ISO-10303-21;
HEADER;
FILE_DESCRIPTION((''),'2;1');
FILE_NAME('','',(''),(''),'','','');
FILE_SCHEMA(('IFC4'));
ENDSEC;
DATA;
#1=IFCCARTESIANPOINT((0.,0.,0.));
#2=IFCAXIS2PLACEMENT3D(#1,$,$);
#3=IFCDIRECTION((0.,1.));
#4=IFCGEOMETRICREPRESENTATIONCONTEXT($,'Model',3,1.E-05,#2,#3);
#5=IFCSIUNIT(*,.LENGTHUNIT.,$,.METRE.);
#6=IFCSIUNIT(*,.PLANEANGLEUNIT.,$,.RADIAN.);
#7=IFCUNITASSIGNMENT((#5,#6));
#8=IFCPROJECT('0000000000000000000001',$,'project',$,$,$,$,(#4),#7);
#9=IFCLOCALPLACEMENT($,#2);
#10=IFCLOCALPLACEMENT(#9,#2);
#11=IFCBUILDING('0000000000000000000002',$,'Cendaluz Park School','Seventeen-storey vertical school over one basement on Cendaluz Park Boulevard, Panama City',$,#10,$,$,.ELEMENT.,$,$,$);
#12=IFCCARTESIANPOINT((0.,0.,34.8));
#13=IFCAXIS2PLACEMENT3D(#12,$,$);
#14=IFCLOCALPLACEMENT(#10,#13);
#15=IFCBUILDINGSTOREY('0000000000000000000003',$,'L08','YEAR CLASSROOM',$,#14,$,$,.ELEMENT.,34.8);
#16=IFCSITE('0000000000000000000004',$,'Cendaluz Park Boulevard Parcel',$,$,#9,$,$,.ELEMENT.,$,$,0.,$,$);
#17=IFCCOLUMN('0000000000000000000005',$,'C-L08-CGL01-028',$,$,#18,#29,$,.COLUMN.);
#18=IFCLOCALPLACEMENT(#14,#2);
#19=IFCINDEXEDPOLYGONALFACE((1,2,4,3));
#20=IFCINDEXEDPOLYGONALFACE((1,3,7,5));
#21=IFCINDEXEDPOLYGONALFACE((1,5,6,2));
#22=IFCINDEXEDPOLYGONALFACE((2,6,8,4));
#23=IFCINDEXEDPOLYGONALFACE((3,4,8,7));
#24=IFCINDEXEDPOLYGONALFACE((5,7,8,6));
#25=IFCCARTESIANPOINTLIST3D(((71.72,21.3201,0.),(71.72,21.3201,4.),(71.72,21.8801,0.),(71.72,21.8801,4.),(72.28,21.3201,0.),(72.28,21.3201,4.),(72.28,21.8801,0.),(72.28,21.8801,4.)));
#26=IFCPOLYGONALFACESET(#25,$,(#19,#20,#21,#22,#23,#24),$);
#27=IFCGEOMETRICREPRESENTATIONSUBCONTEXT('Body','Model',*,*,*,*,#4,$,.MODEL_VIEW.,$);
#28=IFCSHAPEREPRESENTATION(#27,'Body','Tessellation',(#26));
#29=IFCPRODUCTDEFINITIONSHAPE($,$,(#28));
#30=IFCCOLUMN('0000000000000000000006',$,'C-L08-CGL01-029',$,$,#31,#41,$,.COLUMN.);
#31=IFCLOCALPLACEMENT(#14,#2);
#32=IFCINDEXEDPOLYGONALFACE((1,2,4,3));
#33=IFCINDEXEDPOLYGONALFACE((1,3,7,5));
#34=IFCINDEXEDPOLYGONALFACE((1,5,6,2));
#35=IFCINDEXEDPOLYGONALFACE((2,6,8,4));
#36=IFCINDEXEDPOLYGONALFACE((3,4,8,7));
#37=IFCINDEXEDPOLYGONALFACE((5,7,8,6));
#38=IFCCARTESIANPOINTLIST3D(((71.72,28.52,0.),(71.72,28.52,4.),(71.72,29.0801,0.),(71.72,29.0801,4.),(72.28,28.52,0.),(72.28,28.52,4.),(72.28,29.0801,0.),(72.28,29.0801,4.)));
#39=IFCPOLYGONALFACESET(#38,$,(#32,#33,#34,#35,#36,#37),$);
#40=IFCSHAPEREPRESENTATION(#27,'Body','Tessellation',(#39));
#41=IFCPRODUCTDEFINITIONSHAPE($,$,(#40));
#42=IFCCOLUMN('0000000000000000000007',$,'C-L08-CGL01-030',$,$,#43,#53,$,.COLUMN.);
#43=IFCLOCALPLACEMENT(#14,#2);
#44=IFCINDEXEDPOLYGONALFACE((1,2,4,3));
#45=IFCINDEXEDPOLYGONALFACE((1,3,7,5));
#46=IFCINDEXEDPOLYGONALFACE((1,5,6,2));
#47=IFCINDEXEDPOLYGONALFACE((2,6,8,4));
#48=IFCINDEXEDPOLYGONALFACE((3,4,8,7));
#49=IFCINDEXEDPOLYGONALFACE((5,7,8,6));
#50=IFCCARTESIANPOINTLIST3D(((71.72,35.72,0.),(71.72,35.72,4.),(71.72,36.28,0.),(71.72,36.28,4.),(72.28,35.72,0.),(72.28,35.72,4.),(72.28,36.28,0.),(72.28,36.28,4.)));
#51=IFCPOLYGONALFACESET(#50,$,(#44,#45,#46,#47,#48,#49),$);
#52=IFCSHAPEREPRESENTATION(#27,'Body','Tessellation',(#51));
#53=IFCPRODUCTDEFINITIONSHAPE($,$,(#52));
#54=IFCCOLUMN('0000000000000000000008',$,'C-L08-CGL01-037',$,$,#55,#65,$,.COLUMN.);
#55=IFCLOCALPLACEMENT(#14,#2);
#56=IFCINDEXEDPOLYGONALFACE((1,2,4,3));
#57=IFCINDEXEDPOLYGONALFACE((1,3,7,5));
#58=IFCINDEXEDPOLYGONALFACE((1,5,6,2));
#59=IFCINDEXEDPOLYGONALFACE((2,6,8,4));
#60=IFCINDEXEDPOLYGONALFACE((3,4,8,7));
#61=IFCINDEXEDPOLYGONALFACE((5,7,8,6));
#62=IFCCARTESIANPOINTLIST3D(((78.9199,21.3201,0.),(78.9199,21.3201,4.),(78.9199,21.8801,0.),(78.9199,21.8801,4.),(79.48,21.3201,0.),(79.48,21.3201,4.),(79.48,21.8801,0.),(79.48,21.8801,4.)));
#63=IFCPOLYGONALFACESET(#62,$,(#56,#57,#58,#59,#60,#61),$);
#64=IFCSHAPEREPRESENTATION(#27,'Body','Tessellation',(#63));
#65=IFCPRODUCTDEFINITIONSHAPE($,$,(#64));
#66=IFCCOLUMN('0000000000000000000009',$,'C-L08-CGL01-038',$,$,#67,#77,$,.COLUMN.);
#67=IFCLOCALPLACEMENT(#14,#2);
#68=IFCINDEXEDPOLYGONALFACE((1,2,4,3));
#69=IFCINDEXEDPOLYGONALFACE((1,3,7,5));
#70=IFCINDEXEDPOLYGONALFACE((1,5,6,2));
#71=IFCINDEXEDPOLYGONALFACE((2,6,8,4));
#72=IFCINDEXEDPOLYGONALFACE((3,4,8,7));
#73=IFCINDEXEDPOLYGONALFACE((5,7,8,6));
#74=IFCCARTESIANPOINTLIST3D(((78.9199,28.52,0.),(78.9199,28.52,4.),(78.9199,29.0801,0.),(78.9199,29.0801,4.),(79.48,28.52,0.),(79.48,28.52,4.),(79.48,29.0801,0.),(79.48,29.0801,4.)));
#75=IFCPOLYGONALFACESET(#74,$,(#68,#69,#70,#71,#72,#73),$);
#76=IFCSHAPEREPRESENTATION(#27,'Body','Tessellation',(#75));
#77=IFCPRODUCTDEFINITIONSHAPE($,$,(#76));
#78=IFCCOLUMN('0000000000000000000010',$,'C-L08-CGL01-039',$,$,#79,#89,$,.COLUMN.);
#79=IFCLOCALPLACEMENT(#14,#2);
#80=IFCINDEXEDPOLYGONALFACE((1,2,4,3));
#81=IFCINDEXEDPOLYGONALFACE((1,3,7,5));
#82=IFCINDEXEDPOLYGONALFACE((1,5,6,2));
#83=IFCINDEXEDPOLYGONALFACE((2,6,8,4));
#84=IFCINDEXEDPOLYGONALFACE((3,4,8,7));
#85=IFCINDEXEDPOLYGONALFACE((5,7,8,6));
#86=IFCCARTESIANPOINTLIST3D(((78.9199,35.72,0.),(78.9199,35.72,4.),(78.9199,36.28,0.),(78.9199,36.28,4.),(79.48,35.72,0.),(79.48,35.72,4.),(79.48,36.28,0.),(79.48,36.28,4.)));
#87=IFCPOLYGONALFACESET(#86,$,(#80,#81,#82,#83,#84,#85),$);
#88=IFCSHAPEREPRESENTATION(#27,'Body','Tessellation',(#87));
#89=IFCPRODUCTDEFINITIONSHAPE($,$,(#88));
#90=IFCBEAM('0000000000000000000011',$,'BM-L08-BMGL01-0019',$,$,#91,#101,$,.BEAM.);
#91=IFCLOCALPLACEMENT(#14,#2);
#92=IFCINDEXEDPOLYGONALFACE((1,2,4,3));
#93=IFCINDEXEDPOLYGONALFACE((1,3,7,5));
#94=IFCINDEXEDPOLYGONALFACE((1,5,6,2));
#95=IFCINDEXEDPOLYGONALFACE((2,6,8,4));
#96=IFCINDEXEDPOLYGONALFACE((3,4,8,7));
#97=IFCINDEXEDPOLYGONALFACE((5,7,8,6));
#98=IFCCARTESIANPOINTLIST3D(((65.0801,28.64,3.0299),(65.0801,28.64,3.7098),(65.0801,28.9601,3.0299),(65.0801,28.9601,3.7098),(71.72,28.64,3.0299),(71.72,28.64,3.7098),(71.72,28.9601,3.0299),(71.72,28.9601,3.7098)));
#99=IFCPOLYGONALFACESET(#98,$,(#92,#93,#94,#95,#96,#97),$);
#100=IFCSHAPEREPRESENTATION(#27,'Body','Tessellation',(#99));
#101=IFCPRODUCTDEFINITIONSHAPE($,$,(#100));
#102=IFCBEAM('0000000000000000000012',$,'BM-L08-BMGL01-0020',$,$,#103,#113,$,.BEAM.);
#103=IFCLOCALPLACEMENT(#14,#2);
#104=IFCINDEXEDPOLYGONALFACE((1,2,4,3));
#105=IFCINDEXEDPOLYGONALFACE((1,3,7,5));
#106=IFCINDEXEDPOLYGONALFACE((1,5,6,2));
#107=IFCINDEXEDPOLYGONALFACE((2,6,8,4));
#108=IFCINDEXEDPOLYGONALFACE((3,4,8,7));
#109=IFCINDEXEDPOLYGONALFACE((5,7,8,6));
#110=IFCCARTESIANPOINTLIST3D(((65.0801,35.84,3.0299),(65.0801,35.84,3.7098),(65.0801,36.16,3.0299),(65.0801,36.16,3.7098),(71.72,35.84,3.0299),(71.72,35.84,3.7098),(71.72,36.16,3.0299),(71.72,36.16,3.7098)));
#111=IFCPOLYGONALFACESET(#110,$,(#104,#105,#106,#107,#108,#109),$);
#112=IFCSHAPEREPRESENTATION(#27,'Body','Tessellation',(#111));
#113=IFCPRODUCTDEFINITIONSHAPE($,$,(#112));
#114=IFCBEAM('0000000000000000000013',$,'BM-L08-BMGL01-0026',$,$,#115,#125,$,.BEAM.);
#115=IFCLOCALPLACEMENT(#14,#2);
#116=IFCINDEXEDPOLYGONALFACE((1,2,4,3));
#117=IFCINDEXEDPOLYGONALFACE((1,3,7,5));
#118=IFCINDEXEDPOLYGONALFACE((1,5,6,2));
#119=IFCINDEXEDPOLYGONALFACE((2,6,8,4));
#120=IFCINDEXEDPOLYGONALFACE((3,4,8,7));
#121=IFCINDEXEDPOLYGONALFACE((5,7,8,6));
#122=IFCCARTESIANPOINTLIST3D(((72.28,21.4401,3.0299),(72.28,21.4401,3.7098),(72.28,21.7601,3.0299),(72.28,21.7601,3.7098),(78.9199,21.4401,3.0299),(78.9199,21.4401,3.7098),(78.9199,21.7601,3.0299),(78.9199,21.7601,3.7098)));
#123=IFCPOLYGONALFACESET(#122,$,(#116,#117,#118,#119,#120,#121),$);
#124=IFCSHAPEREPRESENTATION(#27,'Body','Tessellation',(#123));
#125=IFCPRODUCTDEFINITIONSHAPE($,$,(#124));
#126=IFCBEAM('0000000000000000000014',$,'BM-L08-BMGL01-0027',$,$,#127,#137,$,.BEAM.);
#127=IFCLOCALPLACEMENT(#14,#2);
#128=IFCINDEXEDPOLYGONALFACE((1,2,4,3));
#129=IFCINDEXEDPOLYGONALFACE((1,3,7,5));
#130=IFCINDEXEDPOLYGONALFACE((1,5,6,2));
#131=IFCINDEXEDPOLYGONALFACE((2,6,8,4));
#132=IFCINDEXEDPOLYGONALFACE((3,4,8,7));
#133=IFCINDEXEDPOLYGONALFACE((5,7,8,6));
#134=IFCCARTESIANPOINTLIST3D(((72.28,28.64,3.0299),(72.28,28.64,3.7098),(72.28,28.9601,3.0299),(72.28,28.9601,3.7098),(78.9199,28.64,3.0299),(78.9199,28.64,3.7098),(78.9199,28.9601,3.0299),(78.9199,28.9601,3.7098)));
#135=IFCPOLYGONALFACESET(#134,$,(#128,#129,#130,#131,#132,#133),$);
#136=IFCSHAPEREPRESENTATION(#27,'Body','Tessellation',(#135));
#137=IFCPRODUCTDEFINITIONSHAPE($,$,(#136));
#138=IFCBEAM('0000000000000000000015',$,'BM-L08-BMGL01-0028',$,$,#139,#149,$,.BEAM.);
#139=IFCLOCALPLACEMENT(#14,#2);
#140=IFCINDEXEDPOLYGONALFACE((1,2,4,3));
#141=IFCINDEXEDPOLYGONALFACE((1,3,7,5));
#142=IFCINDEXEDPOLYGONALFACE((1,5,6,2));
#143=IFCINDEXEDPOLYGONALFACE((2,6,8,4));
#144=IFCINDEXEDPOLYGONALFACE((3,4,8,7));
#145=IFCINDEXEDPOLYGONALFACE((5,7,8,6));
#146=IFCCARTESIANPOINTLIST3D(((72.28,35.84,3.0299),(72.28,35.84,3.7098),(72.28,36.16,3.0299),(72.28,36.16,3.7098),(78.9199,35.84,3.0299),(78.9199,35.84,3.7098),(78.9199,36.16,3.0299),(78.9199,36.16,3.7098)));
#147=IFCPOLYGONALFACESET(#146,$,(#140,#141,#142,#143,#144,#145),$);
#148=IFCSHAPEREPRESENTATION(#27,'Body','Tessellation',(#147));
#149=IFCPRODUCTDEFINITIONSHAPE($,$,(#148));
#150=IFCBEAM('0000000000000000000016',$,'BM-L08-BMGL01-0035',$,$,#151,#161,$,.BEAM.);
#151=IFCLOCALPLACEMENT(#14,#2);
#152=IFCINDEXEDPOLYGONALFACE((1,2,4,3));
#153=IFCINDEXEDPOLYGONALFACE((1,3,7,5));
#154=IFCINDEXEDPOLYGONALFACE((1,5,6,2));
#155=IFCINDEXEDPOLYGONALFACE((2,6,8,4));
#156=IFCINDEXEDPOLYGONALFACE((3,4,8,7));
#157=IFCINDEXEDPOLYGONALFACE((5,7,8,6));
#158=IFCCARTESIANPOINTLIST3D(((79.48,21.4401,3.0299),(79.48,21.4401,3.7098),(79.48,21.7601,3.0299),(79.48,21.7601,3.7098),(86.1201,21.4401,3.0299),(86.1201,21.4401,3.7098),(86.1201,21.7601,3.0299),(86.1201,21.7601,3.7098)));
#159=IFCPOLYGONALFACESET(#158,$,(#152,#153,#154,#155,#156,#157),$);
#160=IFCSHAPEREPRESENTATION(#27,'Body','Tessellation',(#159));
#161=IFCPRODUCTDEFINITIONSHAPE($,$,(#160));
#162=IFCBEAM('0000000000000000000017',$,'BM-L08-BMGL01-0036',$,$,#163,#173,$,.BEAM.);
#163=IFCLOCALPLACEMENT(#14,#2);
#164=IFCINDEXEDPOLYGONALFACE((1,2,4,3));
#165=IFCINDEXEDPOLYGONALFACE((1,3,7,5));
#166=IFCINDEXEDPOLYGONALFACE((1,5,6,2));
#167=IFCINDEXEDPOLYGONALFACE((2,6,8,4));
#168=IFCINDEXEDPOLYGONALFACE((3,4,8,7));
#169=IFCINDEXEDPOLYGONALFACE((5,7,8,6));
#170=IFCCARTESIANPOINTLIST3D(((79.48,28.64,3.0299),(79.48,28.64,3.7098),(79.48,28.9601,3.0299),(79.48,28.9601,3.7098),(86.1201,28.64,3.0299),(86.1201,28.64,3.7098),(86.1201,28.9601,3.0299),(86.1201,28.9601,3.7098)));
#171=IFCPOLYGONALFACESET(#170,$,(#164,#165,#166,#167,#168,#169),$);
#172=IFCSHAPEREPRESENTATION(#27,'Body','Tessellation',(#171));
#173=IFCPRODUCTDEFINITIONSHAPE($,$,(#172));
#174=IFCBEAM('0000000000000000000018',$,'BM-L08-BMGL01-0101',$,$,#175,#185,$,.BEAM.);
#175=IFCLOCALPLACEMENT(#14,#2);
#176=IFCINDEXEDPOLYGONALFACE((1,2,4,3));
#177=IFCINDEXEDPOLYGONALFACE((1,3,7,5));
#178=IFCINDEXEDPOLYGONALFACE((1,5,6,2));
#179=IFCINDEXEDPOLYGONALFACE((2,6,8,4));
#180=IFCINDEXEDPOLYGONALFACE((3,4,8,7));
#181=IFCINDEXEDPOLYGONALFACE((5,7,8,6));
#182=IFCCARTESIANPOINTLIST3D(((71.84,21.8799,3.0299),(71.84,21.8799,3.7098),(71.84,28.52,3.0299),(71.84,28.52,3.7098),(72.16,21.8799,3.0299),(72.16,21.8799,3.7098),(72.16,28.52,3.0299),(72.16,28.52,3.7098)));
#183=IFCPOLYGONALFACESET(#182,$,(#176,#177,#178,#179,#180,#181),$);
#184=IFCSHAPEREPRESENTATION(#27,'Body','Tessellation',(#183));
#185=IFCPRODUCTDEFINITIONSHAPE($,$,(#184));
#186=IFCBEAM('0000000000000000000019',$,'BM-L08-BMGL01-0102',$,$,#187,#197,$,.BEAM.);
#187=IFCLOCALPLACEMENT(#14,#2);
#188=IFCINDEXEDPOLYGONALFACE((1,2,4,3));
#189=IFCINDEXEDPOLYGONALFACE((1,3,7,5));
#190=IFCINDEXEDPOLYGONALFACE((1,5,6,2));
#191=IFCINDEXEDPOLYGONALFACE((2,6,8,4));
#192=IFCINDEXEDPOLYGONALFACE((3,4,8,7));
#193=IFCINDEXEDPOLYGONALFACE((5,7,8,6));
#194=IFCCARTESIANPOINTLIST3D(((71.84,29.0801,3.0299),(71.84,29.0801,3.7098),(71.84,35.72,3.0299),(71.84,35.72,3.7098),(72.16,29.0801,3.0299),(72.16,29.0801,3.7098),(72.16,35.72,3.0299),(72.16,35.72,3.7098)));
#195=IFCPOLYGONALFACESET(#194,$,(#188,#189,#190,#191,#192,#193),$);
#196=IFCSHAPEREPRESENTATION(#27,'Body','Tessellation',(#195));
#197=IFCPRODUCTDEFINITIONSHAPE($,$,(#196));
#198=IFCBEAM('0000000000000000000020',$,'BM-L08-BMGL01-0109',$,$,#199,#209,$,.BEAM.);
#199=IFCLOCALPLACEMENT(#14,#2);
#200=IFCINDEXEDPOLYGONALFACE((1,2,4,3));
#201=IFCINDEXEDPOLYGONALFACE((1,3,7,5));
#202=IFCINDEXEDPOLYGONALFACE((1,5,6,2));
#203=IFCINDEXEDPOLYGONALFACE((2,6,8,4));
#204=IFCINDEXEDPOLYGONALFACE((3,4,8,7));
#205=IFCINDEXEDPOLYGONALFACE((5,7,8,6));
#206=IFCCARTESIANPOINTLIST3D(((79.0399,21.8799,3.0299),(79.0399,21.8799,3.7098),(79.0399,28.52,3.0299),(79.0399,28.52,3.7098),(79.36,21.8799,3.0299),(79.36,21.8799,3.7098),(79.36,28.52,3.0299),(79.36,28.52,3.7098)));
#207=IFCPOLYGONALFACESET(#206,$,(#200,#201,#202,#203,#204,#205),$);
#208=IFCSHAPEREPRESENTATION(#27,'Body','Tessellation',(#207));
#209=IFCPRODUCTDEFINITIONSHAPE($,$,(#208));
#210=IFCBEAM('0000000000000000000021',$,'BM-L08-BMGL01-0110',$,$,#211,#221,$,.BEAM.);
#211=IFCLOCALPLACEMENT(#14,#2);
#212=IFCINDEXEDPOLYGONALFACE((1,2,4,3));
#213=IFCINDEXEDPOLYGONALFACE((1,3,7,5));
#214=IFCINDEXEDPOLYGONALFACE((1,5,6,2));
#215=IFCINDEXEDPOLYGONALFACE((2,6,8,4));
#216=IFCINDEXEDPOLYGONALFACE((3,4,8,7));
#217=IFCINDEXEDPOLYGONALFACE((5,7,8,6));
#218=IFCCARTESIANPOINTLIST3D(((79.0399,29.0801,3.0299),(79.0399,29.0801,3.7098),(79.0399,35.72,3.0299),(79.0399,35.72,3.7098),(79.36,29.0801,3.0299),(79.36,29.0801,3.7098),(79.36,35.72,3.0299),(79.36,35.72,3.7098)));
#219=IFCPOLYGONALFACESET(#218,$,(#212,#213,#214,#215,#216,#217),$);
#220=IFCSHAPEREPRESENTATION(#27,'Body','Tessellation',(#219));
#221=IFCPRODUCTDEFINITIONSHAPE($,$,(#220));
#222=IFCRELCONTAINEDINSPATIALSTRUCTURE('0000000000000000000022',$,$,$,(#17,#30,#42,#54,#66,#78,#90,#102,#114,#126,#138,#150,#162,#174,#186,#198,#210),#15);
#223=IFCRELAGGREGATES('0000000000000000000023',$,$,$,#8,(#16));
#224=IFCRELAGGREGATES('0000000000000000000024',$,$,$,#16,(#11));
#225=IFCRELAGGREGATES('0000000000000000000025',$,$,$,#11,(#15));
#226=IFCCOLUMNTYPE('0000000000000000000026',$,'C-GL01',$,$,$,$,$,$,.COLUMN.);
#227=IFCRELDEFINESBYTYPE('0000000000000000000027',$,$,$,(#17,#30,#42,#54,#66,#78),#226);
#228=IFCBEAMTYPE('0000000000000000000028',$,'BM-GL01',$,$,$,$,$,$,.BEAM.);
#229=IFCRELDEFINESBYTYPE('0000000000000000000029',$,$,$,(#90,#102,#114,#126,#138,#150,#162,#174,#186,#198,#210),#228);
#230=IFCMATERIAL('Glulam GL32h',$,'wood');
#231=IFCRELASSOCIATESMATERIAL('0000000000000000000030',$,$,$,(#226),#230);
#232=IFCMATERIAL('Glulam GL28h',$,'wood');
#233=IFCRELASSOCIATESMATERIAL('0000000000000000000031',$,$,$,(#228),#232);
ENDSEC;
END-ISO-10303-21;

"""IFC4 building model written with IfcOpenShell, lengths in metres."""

from ifc_helpers import new_model, si_unit, direction, frame, origin, origin_2d, place, context, subcontext, project, spatial, rectangle, extrude, material, material_profile, profile_set, type_object, element, save


model = new_model("IFC4")

# Units and contexts
model_context = context("Model", 3, precision=1e-05, world=origin(), true_north=direction((0.0, 1.0)))
body_context = subcontext(model_context, "Body", "Model", "MODEL_VIEW")
ifc_project = project(units=[si_unit("LENGTHUNIT", "METRE"), si_unit("PLANEANGLEUNIT", "RADIAN")], contexts=[model_context])

# Site, building, storey
site_placement = place(None, origin())
site = spatial("IfcSite", under=ifc_project, at=site_placement, Name="Cendaluz Park Boulevard Parcel", CompositionType="ELEMENT", RefElevation=0.0)
building_placement = place(site_placement, origin())
building = spatial("IfcBuilding", under=site, at=building_placement, Name="Cendaluz Park School", Description="Seventeen-storey vertical school over one basement on Cendaluz Park Boulevard, Panama City", CompositionType="ELEMENT")
storey_placement = place(building_placement, frame((0.0, 0.0, 34.8)))
storey = spatial("IfcBuildingStorey", under=building, at=storey_placement, Name="L08", Description="YEAR CLASSROOM", CompositionType="ELEMENT", Elevation=34.8)

# Columns
ifc_material_1 = material(Name="Glulam GL32h", Category="wood")
ifc_material_profile_1 = material_profile(ifc_material_1, rectangle(XDim=0.5601, YDim=0.5601, at=origin_2d()), Name="GL32h 560x560", Category="wood")
ifc_profile_set_1 = profile_set([ifc_material_profile_1], Name="Glulam GL32h")
column_type = type_object("IfcColumnType", Name="C-GL01", PredefinedType="COLUMN", material=ifc_profile_set_1)
for number, where, z_axis, x_axis, name in (
    (1, (72.0, 21.6001, 0.0), (0.0, 0.0, 1.0), (1.0, 0.0, 0.0), "C-L08-CGL01-028"),
    (2, (72.0, 28.8, 0.0), (0.0, 0.0, 1.0), (1.0, 0.0, 0.0), "C-L08-CGL01-029"),
    (3, (72.0, 36.0, 0.0), (0.0, 0.0, 1.0), (1.0, 0.0, 0.0), "C-L08-CGL01-030"),
    (4, (79.2, 21.6001, 0.0), (0.0, 0.0, 1.0), (1.0, 0.0, 0.0), "C-L08-CGL01-037"),
    (5, (79.2, 28.8, 0.0), (0.0, 0.0, 1.0), (1.0, 0.0, 0.0), "C-L08-CGL01-038"),
    (6, (79.2, 36.0, 0.0), (0.0, 0.0, 1.0), (1.0, 0.0, 0.0), "C-L08-CGL01-039"),
):
    element("IfcColumn", number, at=place(storey_placement, frame(where, z_axis=z_axis, x_axis=x_axis)), inside=storey, type_object=column_type, Name=name, PredefinedType="COLUMN", context=body_context, shape_type="SweptSolid", body=[
        extrude(rectangle(XDim=0.5601, YDim=0.5601, at=origin_2d()), origin(), (0.0, 0.0, 1.0), 4.0),
    ])

# Beams
ifc_material_2 = material(Name="Glulam GL28h", Category="wood")
ifc_material_profile_2 = material_profile(ifc_material_2, rectangle(XDim=0.3201, YDim=0.6799, at=origin_2d()), Name="GL28h 320x680", Category="wood")
ifc_profile_set_2 = profile_set([ifc_material_profile_2], Name="Glulam GL28h")
beam_type_1 = type_object("IfcBeamType", Name="BM-GL01", PredefinedType="BEAM", material=ifc_profile_set_2)
for number, where, z_axis, x_axis, name in (
    (7, (65.0801, 28.8, 3.3699), (1.0, 0.0, 0.0), (0.0, 1.0, 0.0), "BM-L08-BMGL01-0019"),
    (8, (65.0801, 36.0, 3.3699), (1.0, 0.0, 0.0), (0.0, 1.0, 0.0), "BM-L08-BMGL01-0020"),
    (9, (72.28, 21.6001, 3.3699), (1.0, 0.0, 0.0), (0.0, 1.0, 0.0), "BM-L08-BMGL01-0026"),
    (10, (72.28, 28.8, 3.3699), (1.0, 0.0, 0.0), (0.0, 1.0, 0.0), "BM-L08-BMGL01-0027"),
    (11, (72.28, 36.0, 3.3699), (1.0, 0.0, 0.0), (0.0, 1.0, 0.0), "BM-L08-BMGL01-0028"),
):
    element("IfcBeam", number, at=place(storey_placement, frame(where, z_axis=z_axis, x_axis=x_axis)), inside=storey, type_object=beam_type_1, Name=name, PredefinedType="BEAM", context=body_context, shape_type="SweptSolid", body=[
        extrude(rectangle(XDim=0.3201, YDim=0.6799, at=origin_2d()), origin(), (0.0, 0.0, 1.0), 6.6399),
    ])
for number, where, z_axis, x_axis, name in (
    (12, (79.48, 21.6001, 3.3699), (1.0, 0.0, 0.0), (0.0, 1.0, 0.0), "BM-L08-BMGL01-0035"),
    (13, (79.48, 28.8, 3.3699), (1.0, 0.0, 0.0), (0.0, 1.0, 0.0), "BM-L08-BMGL01-0036"),
    (14, (72.0, 21.8799, 3.3699), (0.0, 1.0, 0.0), (-1.0, 0.0, 0.0), "BM-L08-BMGL01-0101"),
):
    element("IfcBeam", number, at=place(storey_placement, frame(where, z_axis=z_axis, x_axis=x_axis)), inside=storey, type_object=beam_type_1, Name=name, PredefinedType="BEAM", context=body_context, shape_type="SweptSolid", body=[
        extrude(rectangle(XDim=0.3201, YDim=0.6799, at=origin_2d()), origin(), (0.0, 0.0, 1.0), 6.6401),
    ])
beam_1_placement = place(storey_placement, frame((72.0, 29.0801, 3.3699), z_axis=(0.0, 1.0, 0.0), x_axis=(-1.0, 0.0, 0.0)))
element("IfcBeam", 15, at=beam_1_placement, inside=storey, type_object=beam_type_1, Name="BM-L08-BMGL01-0102", PredefinedType="BEAM", context=body_context, shape_type="SweptSolid", body=[
    extrude(rectangle(XDim=0.3201, YDim=0.6799, at=origin_2d()), origin(), (0.0, 0.0, 1.0), 6.6399),
])
beam_2_placement = place(storey_placement, frame((79.2, 21.8799, 3.3699), z_axis=(0.0, 1.0, 0.0), x_axis=(-1.0, 0.0, 0.0)))
element("IfcBeam", 16, at=beam_2_placement, inside=storey, type_object=beam_type_1, Name="BM-L08-BMGL01-0109", PredefinedType="BEAM", context=body_context, shape_type="SweptSolid", body=[
    extrude(rectangle(XDim=0.3201, YDim=0.6799, at=origin_2d()), origin(), (0.0, 0.0, 1.0), 6.6401),
])
beam_3_placement = place(storey_placement, frame((79.2, 29.0801, 3.3699), z_axis=(0.0, 1.0, 0.0), x_axis=(-1.0, 0.0, 0.0)))
element("IfcBeam", 17, at=beam_3_placement, inside=storey, type_object=beam_type_1, Name="BM-L08-BMGL01-0110", PredefinedType="BEAM", context=body_context, shape_type="SweptSolid", body=[
    extrude(rectangle(XDim=0.3201, YDim=0.6799, at=origin_2d()), origin(), (0.0, 0.0, 1.0), 6.6399),
])

save(model, "model.ifc")
